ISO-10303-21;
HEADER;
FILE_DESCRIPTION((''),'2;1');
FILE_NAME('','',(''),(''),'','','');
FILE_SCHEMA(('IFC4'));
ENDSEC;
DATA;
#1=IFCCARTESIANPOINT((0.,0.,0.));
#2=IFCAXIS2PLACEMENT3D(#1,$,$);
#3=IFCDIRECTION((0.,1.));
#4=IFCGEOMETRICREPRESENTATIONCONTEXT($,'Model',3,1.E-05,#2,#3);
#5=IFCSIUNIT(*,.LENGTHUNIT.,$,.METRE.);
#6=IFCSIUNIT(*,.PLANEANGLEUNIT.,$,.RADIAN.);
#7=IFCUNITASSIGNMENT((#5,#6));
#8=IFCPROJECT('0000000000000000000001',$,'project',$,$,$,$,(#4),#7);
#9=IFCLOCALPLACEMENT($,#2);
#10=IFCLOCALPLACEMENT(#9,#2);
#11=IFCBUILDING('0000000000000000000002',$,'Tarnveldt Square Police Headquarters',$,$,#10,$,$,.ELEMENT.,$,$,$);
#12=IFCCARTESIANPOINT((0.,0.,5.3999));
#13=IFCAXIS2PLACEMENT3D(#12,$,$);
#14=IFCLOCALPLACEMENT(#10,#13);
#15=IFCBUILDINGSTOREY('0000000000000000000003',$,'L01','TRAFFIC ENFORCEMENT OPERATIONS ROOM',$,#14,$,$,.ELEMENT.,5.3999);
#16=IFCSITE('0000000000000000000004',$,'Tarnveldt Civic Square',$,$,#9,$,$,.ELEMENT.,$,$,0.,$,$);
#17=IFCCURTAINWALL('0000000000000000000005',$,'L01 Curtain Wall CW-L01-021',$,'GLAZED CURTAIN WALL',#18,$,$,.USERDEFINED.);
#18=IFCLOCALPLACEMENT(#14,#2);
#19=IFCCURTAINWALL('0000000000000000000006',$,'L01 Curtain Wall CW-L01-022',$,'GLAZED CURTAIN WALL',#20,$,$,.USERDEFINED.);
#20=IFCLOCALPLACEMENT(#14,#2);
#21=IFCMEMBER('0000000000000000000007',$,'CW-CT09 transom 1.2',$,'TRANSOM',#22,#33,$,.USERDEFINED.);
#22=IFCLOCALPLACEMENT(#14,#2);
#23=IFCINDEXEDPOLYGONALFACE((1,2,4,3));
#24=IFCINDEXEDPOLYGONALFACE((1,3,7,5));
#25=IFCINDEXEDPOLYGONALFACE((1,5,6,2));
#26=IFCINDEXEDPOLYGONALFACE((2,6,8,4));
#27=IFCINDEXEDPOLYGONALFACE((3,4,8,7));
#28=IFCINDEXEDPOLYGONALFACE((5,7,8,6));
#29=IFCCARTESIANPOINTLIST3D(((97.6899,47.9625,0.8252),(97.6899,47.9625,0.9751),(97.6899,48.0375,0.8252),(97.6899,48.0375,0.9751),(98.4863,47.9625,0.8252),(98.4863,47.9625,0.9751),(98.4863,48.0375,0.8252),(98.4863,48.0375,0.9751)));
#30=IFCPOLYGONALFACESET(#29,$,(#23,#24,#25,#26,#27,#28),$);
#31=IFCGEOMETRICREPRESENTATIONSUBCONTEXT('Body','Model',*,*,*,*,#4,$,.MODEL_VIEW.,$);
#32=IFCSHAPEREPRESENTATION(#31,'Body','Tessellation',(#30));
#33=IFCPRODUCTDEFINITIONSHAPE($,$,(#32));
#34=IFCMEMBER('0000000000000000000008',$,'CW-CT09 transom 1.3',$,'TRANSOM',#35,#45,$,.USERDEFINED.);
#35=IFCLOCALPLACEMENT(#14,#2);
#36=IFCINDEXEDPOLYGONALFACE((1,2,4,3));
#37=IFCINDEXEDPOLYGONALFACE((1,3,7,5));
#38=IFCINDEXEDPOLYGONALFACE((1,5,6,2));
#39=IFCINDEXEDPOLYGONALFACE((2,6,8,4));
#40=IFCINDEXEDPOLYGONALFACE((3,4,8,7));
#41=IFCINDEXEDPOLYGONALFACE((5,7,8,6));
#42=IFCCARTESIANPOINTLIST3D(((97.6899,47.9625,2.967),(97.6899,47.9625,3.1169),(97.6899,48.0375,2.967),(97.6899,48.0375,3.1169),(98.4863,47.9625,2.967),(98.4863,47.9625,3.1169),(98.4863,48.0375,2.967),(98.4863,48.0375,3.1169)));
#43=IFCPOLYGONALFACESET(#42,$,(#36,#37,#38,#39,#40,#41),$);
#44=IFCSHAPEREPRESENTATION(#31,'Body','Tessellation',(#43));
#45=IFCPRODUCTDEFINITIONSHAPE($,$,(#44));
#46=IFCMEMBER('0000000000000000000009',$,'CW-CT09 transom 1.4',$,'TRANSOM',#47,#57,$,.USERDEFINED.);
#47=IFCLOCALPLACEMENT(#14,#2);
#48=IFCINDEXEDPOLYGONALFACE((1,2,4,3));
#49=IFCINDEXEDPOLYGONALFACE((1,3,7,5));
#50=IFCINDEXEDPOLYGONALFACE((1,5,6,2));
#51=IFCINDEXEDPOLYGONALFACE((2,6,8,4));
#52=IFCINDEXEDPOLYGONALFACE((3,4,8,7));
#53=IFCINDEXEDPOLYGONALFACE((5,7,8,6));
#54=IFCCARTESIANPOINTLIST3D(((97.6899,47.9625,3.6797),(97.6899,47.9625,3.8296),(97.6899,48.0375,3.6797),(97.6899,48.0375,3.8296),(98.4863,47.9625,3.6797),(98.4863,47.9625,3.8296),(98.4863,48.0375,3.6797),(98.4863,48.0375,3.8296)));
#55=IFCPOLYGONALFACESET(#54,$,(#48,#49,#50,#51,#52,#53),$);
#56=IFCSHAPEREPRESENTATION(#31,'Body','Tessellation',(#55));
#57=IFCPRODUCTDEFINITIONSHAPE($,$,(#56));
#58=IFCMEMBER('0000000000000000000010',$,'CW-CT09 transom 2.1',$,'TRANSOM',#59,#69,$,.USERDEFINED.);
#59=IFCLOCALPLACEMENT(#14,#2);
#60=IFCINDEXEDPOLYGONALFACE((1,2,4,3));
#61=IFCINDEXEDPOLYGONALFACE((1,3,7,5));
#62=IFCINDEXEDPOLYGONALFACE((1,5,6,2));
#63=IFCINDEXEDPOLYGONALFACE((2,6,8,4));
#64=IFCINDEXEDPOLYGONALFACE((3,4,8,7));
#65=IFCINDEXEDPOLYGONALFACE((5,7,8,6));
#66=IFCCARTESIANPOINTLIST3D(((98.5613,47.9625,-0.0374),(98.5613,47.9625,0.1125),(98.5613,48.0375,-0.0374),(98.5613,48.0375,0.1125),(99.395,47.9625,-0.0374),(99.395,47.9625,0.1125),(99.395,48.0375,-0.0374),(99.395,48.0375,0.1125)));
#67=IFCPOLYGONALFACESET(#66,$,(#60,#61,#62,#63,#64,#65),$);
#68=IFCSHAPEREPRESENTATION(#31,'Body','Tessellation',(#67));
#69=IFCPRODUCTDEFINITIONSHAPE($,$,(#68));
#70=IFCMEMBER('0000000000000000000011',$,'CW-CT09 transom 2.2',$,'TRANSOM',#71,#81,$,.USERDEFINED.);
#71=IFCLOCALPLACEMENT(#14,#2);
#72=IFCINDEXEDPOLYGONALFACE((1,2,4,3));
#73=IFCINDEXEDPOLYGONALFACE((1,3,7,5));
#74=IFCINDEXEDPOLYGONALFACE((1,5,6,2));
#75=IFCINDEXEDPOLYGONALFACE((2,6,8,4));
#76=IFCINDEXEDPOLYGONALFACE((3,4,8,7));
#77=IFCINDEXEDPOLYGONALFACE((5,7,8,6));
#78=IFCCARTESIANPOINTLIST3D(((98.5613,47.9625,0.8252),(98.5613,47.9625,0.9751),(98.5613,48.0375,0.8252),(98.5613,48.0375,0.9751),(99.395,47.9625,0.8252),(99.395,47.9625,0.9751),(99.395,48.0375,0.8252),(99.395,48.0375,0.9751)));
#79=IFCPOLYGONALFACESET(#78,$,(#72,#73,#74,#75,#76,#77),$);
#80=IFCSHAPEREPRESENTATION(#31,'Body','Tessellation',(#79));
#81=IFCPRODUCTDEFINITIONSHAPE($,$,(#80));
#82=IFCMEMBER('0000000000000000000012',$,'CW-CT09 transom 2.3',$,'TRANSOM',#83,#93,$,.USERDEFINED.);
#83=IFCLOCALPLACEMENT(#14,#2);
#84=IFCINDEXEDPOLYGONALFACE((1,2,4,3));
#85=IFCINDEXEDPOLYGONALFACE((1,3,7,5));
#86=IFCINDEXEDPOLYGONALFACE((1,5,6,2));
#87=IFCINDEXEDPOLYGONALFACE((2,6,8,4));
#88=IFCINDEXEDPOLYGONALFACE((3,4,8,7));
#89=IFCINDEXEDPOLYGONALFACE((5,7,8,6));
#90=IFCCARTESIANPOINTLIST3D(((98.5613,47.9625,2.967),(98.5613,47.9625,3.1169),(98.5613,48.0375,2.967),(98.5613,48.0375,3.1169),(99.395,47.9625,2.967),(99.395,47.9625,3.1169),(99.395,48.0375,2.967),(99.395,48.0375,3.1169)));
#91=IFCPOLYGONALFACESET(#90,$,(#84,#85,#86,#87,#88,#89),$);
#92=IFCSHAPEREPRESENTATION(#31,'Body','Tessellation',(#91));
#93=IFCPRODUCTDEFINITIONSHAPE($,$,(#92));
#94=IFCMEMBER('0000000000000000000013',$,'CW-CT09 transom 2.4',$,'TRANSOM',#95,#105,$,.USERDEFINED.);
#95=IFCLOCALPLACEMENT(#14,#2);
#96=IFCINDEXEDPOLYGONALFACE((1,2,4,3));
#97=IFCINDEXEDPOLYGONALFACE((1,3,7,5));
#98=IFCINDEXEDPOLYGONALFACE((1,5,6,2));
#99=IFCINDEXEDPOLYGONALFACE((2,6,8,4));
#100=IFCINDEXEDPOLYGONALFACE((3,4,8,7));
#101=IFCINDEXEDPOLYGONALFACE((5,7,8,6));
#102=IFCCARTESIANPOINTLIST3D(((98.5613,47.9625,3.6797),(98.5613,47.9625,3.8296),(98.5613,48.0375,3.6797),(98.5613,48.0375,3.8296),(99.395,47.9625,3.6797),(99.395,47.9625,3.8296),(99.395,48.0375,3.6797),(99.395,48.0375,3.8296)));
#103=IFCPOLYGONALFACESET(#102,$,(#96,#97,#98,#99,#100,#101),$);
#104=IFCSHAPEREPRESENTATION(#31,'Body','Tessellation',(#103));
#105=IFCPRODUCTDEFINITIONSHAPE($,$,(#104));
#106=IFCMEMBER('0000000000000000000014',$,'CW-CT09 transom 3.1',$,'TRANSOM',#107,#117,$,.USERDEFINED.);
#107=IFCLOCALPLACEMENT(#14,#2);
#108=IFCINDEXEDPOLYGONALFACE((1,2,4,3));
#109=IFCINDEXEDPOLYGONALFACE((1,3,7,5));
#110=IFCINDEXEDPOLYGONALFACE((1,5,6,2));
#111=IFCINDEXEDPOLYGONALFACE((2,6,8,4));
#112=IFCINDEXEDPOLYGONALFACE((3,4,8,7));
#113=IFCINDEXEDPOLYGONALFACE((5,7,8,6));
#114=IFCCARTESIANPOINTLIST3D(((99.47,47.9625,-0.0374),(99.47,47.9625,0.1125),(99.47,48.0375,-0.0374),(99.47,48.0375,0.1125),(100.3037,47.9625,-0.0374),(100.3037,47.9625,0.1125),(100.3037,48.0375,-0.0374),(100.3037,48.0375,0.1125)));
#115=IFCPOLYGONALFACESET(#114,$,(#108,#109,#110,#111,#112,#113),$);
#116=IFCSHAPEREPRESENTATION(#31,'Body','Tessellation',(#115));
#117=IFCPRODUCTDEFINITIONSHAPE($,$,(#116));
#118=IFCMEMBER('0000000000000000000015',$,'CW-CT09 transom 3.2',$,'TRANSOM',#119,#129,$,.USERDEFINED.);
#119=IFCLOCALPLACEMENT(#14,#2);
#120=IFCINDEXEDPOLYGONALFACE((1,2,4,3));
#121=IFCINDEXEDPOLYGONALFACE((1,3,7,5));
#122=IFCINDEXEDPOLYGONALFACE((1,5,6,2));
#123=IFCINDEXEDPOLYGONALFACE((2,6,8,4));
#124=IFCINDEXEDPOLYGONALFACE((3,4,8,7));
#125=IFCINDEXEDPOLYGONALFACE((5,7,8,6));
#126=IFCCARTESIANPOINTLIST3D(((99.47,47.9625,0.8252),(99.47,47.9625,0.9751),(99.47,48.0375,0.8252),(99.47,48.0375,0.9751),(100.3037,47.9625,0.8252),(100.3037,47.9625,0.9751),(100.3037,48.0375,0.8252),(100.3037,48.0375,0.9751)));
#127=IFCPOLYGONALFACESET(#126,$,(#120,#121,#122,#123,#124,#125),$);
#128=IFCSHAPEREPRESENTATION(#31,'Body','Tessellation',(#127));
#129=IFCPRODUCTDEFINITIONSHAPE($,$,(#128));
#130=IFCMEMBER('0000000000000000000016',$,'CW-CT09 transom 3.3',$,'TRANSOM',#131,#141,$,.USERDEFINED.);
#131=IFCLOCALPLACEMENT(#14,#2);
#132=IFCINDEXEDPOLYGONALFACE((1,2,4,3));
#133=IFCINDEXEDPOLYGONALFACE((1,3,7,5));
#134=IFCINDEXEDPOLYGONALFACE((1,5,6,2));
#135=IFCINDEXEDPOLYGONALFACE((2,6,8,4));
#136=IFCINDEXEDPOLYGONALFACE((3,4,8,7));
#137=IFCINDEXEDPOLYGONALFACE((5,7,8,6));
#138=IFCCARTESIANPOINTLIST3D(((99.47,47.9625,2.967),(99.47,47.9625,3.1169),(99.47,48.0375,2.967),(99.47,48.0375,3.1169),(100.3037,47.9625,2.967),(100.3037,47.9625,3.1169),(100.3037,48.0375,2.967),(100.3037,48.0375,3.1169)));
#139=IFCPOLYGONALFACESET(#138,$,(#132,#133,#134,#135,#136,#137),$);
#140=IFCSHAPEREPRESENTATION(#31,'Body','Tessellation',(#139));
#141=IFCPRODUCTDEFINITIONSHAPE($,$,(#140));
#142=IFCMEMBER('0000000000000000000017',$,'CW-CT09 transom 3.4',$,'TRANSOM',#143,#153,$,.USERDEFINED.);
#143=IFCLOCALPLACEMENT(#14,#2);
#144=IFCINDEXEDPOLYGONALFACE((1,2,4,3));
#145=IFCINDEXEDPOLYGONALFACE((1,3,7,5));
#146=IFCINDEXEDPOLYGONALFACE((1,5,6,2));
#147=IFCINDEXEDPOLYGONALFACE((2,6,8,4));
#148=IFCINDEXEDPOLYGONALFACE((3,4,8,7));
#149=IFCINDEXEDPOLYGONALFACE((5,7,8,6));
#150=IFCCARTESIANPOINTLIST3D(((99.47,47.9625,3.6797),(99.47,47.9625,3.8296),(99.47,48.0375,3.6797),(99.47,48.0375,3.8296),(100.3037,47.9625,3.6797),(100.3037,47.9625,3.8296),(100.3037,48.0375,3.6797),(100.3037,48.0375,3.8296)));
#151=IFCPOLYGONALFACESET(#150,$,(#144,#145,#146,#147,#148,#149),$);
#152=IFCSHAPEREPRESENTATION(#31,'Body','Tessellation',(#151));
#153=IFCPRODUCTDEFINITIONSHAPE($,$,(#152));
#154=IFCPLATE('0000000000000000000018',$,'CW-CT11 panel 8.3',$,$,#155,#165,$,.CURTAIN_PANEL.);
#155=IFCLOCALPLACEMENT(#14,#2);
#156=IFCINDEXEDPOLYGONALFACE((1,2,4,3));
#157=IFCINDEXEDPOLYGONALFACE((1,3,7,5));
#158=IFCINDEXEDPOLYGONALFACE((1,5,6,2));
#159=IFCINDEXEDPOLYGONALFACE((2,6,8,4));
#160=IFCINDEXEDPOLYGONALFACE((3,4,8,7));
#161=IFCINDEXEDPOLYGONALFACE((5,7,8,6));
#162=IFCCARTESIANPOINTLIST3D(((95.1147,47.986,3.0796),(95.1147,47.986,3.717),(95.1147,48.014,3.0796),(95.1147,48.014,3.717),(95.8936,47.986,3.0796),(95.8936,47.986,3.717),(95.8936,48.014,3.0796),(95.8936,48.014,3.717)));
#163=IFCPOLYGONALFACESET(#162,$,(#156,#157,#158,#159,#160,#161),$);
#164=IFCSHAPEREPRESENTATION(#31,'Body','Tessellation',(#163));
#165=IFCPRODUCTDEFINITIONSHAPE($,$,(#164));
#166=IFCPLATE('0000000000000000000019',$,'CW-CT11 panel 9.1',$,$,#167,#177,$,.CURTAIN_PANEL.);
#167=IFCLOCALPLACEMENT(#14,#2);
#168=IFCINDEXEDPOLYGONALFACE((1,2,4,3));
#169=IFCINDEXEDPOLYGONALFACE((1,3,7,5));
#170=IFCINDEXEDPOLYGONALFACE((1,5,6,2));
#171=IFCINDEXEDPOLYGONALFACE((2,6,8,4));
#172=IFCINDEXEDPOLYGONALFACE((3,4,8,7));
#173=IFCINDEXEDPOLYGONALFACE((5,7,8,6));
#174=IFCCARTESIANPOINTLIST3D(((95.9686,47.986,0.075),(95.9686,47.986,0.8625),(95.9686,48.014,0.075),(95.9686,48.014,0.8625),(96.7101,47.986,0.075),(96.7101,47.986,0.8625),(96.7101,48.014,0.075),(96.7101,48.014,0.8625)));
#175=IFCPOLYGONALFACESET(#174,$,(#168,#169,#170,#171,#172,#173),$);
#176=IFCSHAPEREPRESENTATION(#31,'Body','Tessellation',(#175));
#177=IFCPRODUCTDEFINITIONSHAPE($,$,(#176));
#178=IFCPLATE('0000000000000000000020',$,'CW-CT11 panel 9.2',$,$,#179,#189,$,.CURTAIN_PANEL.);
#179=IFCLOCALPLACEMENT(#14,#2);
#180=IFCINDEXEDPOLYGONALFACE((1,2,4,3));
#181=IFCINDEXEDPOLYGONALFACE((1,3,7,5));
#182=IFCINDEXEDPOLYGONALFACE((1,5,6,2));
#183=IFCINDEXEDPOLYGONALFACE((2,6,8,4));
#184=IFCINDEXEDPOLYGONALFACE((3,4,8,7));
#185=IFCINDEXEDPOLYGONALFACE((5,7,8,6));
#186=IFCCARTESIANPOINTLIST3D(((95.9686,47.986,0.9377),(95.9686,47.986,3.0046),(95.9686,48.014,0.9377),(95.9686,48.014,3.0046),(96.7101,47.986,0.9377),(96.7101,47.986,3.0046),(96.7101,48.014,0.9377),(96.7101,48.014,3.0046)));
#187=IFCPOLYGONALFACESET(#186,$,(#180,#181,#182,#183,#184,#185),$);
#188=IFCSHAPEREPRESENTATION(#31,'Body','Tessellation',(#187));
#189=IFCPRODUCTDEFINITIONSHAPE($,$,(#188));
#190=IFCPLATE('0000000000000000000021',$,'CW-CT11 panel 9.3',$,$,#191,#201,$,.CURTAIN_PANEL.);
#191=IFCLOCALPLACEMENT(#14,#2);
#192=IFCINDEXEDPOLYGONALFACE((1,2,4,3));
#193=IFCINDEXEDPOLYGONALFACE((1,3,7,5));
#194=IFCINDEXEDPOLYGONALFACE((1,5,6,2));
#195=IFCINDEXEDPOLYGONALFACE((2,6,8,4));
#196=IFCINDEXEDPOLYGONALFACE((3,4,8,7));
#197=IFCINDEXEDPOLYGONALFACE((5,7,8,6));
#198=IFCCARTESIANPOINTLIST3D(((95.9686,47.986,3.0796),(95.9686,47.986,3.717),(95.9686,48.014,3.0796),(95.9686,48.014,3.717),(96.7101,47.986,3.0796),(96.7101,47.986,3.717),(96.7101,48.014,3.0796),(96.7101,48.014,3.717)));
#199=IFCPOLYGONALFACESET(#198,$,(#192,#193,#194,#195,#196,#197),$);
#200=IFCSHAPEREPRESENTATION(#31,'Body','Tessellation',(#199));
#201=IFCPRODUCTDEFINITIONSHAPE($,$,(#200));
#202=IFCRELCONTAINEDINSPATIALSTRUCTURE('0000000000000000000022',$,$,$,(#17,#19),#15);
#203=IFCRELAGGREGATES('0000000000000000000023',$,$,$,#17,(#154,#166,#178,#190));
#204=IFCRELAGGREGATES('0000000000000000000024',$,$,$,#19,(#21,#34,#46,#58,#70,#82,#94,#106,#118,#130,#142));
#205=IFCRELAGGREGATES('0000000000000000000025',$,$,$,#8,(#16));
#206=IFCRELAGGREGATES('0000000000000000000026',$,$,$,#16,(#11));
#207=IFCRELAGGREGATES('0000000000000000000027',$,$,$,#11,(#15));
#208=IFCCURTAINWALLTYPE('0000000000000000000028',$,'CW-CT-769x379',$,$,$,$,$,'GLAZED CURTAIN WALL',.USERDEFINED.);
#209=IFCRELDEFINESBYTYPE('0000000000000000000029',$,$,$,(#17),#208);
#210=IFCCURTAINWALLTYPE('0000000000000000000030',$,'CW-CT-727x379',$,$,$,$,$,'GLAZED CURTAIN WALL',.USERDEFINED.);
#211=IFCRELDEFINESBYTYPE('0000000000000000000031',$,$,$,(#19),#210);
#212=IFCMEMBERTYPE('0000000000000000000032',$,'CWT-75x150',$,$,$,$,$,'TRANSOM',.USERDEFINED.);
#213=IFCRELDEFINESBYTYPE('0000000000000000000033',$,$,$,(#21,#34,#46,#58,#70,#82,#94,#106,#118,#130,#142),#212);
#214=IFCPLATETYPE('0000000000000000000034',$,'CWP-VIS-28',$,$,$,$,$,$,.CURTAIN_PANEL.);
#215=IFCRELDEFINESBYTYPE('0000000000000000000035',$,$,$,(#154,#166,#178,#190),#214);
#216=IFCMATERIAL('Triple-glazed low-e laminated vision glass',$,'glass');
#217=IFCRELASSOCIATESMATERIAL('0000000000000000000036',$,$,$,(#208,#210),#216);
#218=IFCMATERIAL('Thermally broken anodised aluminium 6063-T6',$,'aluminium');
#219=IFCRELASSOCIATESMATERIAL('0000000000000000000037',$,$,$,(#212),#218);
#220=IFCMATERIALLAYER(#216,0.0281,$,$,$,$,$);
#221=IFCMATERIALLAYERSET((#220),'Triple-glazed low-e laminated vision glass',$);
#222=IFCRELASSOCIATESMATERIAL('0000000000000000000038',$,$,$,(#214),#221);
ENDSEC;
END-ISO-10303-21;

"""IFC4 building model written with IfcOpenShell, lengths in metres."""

from ifc_helpers import new_model, si_unit, direction, frame, origin, origin_2d, place, context, subcontext, project, spatial, rectangle, extrude, material, layer, layer_set, material_profile, profile_set, type_object, element, aggregate, save


model = new_model("IFC4")

# Units and contexts
model_context = context("Model", 3, precision=1e-05, world=origin(), true_north=direction((0.0, 1.0)))
body_context = subcontext(model_context, "Body", "Model", "MODEL_VIEW")
ifc_project = project(units=[si_unit("LENGTHUNIT", "METRE"), si_unit("PLANEANGLEUNIT", "RADIAN")], contexts=[model_context])

# Site, building, storey
site_placement = place(None, origin())
site = spatial("IfcSite", under=ifc_project, at=site_placement, Name="Tarnveldt Civic Square", CompositionType="ELEMENT", RefElevation=0.0)
building_placement = place(site_placement, origin())
building = spatial("IfcBuilding", under=site, at=building_placement, Name="Tarnveldt Square Police Headquarters", CompositionType="ELEMENT")
storey_placement = place(building_placement, frame((0.0, 0.0, 5.3999)))
storey = spatial("IfcBuildingStorey", under=building, at=storey_placement, Name="L01", Description="TRAFFIC ENFORCEMENT OPERATIONS ROOM", CompositionType="ELEMENT", Elevation=5.3999)

# Curtain walls
ifc_material_1 = material(Name="Triple-glazed low-e laminated vision glass", Category="glass")
curtain_wall_type_1 = type_object("IfcCurtainWallType", Name="CW-CT-769x379", ElementType="GLAZED CURTAIN WALL", PredefinedType="USERDEFINED", material=ifc_material_1)
curtain_wall_1_placement = place(storey_placement, origin())
curtain_wall_1 = element("IfcCurtainWall", 1, at=curtain_wall_1_placement, inside=storey, type_object=curtain_wall_type_1, Name="L01 Curtain Wall CW-L01-021", ObjectType="GLAZED CURTAIN WALL", PredefinedType="USERDEFINED")
ifc_material_2 = material(Name="Thermally broken anodised aluminium 6063-T6", Category="aluminium")
curtain_wall_type_2 = type_object("IfcCurtainWallType", Name="CW-CT-727x379", ElementType="GLAZED CURTAIN WALL", PredefinedType="USERDEFINED", material=ifc_material_1)
curtain_wall_2_placement = place(storey_placement, origin())
curtain_wall_2 = element("IfcCurtainWall", 2, at=curtain_wall_2_placement, inside=storey, type_object=curtain_wall_type_2, Name="L01 Curtain Wall CW-L01-022", ObjectType="GLAZED CURTAIN WALL", PredefinedType="USERDEFINED")

# Members
ifc_material_profile_1 = material_profile(ifc_material_2, rectangle(XDim=0.075, YDim=0.1499, at=origin_2d()), Name="CW-T75x150")
ifc_profile_set_1 = profile_set([ifc_material_profile_1], Name="Thermally broken anodised aluminium 6063-T6")
member_type_1 = type_object("IfcMemberType", Name="CWT-75x150", ElementType="TRANSOM", PredefinedType="USERDEFINED", material=ifc_profile_set_1)
member_1_placement = place(storey_placement, frame((97.6899, 48.0, 0.9001), z_axis=(1.0, 0.0, 0.0), x_axis=(0.0, 1.0, 0.0)))
member_1 = element("IfcMember", 3, at=member_1_placement, type_object=member_type_1, Name="CW-CT09 transom 1.2", ObjectType="TRANSOM", PredefinedType="USERDEFINED", context=body_context, shape_type="SweptSolid", body=[
    extrude(rectangle(XDim=0.075, YDim=0.1499, at=origin_2d()), origin(), (0.0, 0.0, 1.0), 0.7964),
])
member_2_placement = place(storey_placement, frame((97.6899, 48.0, 3.042), z_axis=(1.0, 0.0, 0.0), x_axis=(0.0, 1.0, 0.0)))
member_2 = element("IfcMember", 4, at=member_2_placement, type_object=member_type_1, Name="CW-CT09 transom 1.3", ObjectType="TRANSOM", PredefinedType="USERDEFINED", context=body_context, shape_type="SweptSolid", body=[
    extrude(rectangle(XDim=0.075, YDim=0.1499, at=origin_2d()), origin(), (0.0, 0.0, 1.0), 0.7964),
])
member_3_placement = place(storey_placement, frame((97.6899, 48.0, 3.7546), z_axis=(1.0, 0.0, 0.0), x_axis=(0.0, 1.0, 0.0)))
member_3 = element("IfcMember", 5, at=member_3_placement, type_object=member_type_1, Name="CW-CT09 transom 1.4", ObjectType="TRANSOM", PredefinedType="USERDEFINED", context=body_context, shape_type="SweptSolid", body=[
    extrude(rectangle(XDim=0.075, YDim=0.1499, at=origin_2d()), origin(), (0.0, 0.0, 1.0), 0.7964),
])
member_4_placement = place(storey_placement, frame((98.5613, 48.0, 0.0376), z_axis=(1.0, 0.0, 0.0), x_axis=(0.0, 1.0, 0.0)))
member_4 = element("IfcMember", 6, at=member_4_placement, type_object=member_type_1, Name="CW-CT09 transom 2.1", ObjectType="TRANSOM", PredefinedType="USERDEFINED", context=body_context, shape_type="SweptSolid", body=[
    extrude(rectangle(XDim=0.075, YDim=0.1499, at=origin_2d()), origin(), (0.0, 0.0, 1.0), 0.8337),
])
member_5_placement = place(storey_placement, frame((98.5613, 48.0, 0.9001), z_axis=(1.0, 0.0, 0.0), x_axis=(0.0, 1.0, 0.0)))
member_5 = element("IfcMember", 7, at=member_5_placement, type_object=member_type_1, Name="CW-CT09 transom 2.2", ObjectType="TRANSOM", PredefinedType="USERDEFINED", context=body_context, shape_type="SweptSolid", body=[
    extrude(rectangle(XDim=0.075, YDim=0.1499, at=origin_2d()), origin(), (0.0, 0.0, 1.0), 0.8337),
])
member_6_placement = place(storey_placement, frame((98.5613, 48.0, 3.042), z_axis=(1.0, 0.0, 0.0), x_axis=(0.0, 1.0, 0.0)))
member_6 = element("IfcMember", 8, at=member_6_placement, type_object=member_type_1, Name="CW-CT09 transom 2.3", ObjectType="TRANSOM", PredefinedType="USERDEFINED", context=body_context, shape_type="SweptSolid", body=[
    extrude(rectangle(XDim=0.075, YDim=0.1499, at=origin_2d()), origin(), (0.0, 0.0, 1.0), 0.8337),
])
member_7_placement = place(storey_placement, frame((98.5613, 48.0, 3.7546), z_axis=(1.0, 0.0, 0.0), x_axis=(0.0, 1.0, 0.0)))
member_7 = element("IfcMember", 9, at=member_7_placement, type_object=member_type_1, Name="CW-CT09 transom 2.4", ObjectType="TRANSOM", PredefinedType="USERDEFINED", context=body_context, shape_type="SweptSolid", body=[
    extrude(rectangle(XDim=0.075, YDim=0.1499, at=origin_2d()), origin(), (0.0, 0.0, 1.0), 0.8337),
])
member_8_placement = place(storey_placement, frame((99.47, 48.0, 0.0376), z_axis=(1.0, 0.0, 0.0), x_axis=(0.0, 1.0, 0.0)))
member_8 = element("IfcMember", 10, at=member_8_placement, type_object=member_type_1, Name="CW-CT09 transom 3.1", ObjectType="TRANSOM", PredefinedType="USERDEFINED", context=body_context, shape_type="SweptSolid", body=[
    extrude(rectangle(XDim=0.075, YDim=0.1499, at=origin_2d()), origin(), (0.0, 0.0, 1.0), 0.8337),
])
member_9_placement = place(storey_placement, frame((99.47, 48.0, 0.9001), z_axis=(1.0, 0.0, 0.0), x_axis=(0.0, 1.0, 0.0)))
member_9 = element("IfcMember", 11, at=member_9_placement, type_object=member_type_1, Name="CW-CT09 transom 3.2", ObjectType="TRANSOM", PredefinedType="USERDEFINED", context=body_context, shape_type="SweptSolid", body=[
    extrude(rectangle(XDim=0.075, YDim=0.1499, at=origin_2d()), origin(), (0.0, 0.0, 1.0), 0.8337),
])
member_10_placement = place(storey_placement, frame((99.47, 48.0, 3.042), z_axis=(1.0, 0.0, 0.0), x_axis=(0.0, 1.0, 0.0)))
member_10 = element("IfcMember", 12, at=member_10_placement, type_object=member_type_1, Name="CW-CT09 transom 3.3", ObjectType="TRANSOM", PredefinedType="USERDEFINED", context=body_context, shape_type="SweptSolid", body=[
    extrude(rectangle(XDim=0.075, YDim=0.1499, at=origin_2d()), origin(), (0.0, 0.0, 1.0), 0.8337),
])
member_11_placement = place(storey_placement, frame((99.47, 48.0, 3.7546), z_axis=(1.0, 0.0, 0.0), x_axis=(0.0, 1.0, 0.0)))
member_11 = element("IfcMember", 13, at=member_11_placement, type_object=member_type_1, Name="CW-CT09 transom 3.4", ObjectType="TRANSOM", PredefinedType="USERDEFINED", context=body_context, shape_type="SweptSolid", body=[
    extrude(rectangle(XDim=0.075, YDim=0.1499, at=origin_2d()), origin(), (0.0, 0.0, 1.0), 0.8337),
])

# Plates
ifc_layer = layer(ifc_material_1, 0.0281)
ifc_layer_set = layer_set([ifc_layer], Name="Triple-glazed low-e laminated vision glass")
plate_type = type_object("IfcPlateType", Name="CWP-VIS-28", PredefinedType="CURTAIN_PANEL", material=ifc_layer_set)
plate_1_placement = place(storey_placement, frame((95.5042, 48.0, 3.0796), z_axis=(0.0, 0.0, 1.0), x_axis=(1.0, 0.0, 0.0)))
plate_1 = element("IfcPlate", 14, at=plate_1_placement, type_object=plate_type, Name="CW-CT11 panel 8.3", PredefinedType="CURTAIN_PANEL", context=body_context, shape_type="SweptSolid", body=[
    extrude(rectangle(XDim=0.7788, YDim=0.0281, at=origin_2d()), origin(), (0.0, 0.0, 1.0), 0.6375),
])
plate_2_placement = place(storey_placement, frame((96.3394, 48.0, 0.075), z_axis=(0.0, 0.0, 1.0), x_axis=(1.0, 0.0, 0.0)))
plate_2 = element("IfcPlate", 15, at=plate_2_placement, type_object=plate_type, Name="CW-CT11 panel 9.1", PredefinedType="CURTAIN_PANEL", context=body_context, shape_type="SweptSolid", body=[
    extrude(rectangle(XDim=0.7415, YDim=0.0281, at=origin_2d()), origin(), (0.0, 0.0, 1.0), 0.7876),
])
plate_3_placement = place(storey_placement, frame((96.3394, 48.0, 0.9377), z_axis=(0.0, 0.0, 1.0), x_axis=(1.0, 0.0, 0.0)))
plate_3 = element("IfcPlate", 16, at=plate_3_placement, type_object=plate_type, Name="CW-CT11 panel 9.2", PredefinedType="CURTAIN_PANEL", context=body_context, shape_type="SweptSolid", body=[
    extrude(rectangle(XDim=0.7415, YDim=0.0281, at=origin_2d()), origin(), (0.0, 0.0, 1.0), 2.0669),
])
plate_4_placement = place(storey_placement, frame((96.3394, 48.0, 3.0796), z_axis=(0.0, 0.0, 1.0), x_axis=(1.0, 0.0, 0.0)))
plate_4 = element("IfcPlate", 17, at=plate_4_placement, type_object=plate_type, Name="CW-CT11 panel 9.3", PredefinedType="CURTAIN_PANEL", context=body_context, shape_type="SweptSolid", body=[
    extrude(rectangle(XDim=0.7415, YDim=0.0281, at=origin_2d()), origin(), (0.0, 0.0, 1.0), 0.6375),
])
aggregate(curtain_wall_1, [plate_1, plate_2, plate_3, plate_4])
aggregate(curtain_wall_2, [member_1, member_2, member_3, member_4, member_5, member_6, member_7, member_8, member_9, member_10, member_11])

save(model, "model.ifc")
